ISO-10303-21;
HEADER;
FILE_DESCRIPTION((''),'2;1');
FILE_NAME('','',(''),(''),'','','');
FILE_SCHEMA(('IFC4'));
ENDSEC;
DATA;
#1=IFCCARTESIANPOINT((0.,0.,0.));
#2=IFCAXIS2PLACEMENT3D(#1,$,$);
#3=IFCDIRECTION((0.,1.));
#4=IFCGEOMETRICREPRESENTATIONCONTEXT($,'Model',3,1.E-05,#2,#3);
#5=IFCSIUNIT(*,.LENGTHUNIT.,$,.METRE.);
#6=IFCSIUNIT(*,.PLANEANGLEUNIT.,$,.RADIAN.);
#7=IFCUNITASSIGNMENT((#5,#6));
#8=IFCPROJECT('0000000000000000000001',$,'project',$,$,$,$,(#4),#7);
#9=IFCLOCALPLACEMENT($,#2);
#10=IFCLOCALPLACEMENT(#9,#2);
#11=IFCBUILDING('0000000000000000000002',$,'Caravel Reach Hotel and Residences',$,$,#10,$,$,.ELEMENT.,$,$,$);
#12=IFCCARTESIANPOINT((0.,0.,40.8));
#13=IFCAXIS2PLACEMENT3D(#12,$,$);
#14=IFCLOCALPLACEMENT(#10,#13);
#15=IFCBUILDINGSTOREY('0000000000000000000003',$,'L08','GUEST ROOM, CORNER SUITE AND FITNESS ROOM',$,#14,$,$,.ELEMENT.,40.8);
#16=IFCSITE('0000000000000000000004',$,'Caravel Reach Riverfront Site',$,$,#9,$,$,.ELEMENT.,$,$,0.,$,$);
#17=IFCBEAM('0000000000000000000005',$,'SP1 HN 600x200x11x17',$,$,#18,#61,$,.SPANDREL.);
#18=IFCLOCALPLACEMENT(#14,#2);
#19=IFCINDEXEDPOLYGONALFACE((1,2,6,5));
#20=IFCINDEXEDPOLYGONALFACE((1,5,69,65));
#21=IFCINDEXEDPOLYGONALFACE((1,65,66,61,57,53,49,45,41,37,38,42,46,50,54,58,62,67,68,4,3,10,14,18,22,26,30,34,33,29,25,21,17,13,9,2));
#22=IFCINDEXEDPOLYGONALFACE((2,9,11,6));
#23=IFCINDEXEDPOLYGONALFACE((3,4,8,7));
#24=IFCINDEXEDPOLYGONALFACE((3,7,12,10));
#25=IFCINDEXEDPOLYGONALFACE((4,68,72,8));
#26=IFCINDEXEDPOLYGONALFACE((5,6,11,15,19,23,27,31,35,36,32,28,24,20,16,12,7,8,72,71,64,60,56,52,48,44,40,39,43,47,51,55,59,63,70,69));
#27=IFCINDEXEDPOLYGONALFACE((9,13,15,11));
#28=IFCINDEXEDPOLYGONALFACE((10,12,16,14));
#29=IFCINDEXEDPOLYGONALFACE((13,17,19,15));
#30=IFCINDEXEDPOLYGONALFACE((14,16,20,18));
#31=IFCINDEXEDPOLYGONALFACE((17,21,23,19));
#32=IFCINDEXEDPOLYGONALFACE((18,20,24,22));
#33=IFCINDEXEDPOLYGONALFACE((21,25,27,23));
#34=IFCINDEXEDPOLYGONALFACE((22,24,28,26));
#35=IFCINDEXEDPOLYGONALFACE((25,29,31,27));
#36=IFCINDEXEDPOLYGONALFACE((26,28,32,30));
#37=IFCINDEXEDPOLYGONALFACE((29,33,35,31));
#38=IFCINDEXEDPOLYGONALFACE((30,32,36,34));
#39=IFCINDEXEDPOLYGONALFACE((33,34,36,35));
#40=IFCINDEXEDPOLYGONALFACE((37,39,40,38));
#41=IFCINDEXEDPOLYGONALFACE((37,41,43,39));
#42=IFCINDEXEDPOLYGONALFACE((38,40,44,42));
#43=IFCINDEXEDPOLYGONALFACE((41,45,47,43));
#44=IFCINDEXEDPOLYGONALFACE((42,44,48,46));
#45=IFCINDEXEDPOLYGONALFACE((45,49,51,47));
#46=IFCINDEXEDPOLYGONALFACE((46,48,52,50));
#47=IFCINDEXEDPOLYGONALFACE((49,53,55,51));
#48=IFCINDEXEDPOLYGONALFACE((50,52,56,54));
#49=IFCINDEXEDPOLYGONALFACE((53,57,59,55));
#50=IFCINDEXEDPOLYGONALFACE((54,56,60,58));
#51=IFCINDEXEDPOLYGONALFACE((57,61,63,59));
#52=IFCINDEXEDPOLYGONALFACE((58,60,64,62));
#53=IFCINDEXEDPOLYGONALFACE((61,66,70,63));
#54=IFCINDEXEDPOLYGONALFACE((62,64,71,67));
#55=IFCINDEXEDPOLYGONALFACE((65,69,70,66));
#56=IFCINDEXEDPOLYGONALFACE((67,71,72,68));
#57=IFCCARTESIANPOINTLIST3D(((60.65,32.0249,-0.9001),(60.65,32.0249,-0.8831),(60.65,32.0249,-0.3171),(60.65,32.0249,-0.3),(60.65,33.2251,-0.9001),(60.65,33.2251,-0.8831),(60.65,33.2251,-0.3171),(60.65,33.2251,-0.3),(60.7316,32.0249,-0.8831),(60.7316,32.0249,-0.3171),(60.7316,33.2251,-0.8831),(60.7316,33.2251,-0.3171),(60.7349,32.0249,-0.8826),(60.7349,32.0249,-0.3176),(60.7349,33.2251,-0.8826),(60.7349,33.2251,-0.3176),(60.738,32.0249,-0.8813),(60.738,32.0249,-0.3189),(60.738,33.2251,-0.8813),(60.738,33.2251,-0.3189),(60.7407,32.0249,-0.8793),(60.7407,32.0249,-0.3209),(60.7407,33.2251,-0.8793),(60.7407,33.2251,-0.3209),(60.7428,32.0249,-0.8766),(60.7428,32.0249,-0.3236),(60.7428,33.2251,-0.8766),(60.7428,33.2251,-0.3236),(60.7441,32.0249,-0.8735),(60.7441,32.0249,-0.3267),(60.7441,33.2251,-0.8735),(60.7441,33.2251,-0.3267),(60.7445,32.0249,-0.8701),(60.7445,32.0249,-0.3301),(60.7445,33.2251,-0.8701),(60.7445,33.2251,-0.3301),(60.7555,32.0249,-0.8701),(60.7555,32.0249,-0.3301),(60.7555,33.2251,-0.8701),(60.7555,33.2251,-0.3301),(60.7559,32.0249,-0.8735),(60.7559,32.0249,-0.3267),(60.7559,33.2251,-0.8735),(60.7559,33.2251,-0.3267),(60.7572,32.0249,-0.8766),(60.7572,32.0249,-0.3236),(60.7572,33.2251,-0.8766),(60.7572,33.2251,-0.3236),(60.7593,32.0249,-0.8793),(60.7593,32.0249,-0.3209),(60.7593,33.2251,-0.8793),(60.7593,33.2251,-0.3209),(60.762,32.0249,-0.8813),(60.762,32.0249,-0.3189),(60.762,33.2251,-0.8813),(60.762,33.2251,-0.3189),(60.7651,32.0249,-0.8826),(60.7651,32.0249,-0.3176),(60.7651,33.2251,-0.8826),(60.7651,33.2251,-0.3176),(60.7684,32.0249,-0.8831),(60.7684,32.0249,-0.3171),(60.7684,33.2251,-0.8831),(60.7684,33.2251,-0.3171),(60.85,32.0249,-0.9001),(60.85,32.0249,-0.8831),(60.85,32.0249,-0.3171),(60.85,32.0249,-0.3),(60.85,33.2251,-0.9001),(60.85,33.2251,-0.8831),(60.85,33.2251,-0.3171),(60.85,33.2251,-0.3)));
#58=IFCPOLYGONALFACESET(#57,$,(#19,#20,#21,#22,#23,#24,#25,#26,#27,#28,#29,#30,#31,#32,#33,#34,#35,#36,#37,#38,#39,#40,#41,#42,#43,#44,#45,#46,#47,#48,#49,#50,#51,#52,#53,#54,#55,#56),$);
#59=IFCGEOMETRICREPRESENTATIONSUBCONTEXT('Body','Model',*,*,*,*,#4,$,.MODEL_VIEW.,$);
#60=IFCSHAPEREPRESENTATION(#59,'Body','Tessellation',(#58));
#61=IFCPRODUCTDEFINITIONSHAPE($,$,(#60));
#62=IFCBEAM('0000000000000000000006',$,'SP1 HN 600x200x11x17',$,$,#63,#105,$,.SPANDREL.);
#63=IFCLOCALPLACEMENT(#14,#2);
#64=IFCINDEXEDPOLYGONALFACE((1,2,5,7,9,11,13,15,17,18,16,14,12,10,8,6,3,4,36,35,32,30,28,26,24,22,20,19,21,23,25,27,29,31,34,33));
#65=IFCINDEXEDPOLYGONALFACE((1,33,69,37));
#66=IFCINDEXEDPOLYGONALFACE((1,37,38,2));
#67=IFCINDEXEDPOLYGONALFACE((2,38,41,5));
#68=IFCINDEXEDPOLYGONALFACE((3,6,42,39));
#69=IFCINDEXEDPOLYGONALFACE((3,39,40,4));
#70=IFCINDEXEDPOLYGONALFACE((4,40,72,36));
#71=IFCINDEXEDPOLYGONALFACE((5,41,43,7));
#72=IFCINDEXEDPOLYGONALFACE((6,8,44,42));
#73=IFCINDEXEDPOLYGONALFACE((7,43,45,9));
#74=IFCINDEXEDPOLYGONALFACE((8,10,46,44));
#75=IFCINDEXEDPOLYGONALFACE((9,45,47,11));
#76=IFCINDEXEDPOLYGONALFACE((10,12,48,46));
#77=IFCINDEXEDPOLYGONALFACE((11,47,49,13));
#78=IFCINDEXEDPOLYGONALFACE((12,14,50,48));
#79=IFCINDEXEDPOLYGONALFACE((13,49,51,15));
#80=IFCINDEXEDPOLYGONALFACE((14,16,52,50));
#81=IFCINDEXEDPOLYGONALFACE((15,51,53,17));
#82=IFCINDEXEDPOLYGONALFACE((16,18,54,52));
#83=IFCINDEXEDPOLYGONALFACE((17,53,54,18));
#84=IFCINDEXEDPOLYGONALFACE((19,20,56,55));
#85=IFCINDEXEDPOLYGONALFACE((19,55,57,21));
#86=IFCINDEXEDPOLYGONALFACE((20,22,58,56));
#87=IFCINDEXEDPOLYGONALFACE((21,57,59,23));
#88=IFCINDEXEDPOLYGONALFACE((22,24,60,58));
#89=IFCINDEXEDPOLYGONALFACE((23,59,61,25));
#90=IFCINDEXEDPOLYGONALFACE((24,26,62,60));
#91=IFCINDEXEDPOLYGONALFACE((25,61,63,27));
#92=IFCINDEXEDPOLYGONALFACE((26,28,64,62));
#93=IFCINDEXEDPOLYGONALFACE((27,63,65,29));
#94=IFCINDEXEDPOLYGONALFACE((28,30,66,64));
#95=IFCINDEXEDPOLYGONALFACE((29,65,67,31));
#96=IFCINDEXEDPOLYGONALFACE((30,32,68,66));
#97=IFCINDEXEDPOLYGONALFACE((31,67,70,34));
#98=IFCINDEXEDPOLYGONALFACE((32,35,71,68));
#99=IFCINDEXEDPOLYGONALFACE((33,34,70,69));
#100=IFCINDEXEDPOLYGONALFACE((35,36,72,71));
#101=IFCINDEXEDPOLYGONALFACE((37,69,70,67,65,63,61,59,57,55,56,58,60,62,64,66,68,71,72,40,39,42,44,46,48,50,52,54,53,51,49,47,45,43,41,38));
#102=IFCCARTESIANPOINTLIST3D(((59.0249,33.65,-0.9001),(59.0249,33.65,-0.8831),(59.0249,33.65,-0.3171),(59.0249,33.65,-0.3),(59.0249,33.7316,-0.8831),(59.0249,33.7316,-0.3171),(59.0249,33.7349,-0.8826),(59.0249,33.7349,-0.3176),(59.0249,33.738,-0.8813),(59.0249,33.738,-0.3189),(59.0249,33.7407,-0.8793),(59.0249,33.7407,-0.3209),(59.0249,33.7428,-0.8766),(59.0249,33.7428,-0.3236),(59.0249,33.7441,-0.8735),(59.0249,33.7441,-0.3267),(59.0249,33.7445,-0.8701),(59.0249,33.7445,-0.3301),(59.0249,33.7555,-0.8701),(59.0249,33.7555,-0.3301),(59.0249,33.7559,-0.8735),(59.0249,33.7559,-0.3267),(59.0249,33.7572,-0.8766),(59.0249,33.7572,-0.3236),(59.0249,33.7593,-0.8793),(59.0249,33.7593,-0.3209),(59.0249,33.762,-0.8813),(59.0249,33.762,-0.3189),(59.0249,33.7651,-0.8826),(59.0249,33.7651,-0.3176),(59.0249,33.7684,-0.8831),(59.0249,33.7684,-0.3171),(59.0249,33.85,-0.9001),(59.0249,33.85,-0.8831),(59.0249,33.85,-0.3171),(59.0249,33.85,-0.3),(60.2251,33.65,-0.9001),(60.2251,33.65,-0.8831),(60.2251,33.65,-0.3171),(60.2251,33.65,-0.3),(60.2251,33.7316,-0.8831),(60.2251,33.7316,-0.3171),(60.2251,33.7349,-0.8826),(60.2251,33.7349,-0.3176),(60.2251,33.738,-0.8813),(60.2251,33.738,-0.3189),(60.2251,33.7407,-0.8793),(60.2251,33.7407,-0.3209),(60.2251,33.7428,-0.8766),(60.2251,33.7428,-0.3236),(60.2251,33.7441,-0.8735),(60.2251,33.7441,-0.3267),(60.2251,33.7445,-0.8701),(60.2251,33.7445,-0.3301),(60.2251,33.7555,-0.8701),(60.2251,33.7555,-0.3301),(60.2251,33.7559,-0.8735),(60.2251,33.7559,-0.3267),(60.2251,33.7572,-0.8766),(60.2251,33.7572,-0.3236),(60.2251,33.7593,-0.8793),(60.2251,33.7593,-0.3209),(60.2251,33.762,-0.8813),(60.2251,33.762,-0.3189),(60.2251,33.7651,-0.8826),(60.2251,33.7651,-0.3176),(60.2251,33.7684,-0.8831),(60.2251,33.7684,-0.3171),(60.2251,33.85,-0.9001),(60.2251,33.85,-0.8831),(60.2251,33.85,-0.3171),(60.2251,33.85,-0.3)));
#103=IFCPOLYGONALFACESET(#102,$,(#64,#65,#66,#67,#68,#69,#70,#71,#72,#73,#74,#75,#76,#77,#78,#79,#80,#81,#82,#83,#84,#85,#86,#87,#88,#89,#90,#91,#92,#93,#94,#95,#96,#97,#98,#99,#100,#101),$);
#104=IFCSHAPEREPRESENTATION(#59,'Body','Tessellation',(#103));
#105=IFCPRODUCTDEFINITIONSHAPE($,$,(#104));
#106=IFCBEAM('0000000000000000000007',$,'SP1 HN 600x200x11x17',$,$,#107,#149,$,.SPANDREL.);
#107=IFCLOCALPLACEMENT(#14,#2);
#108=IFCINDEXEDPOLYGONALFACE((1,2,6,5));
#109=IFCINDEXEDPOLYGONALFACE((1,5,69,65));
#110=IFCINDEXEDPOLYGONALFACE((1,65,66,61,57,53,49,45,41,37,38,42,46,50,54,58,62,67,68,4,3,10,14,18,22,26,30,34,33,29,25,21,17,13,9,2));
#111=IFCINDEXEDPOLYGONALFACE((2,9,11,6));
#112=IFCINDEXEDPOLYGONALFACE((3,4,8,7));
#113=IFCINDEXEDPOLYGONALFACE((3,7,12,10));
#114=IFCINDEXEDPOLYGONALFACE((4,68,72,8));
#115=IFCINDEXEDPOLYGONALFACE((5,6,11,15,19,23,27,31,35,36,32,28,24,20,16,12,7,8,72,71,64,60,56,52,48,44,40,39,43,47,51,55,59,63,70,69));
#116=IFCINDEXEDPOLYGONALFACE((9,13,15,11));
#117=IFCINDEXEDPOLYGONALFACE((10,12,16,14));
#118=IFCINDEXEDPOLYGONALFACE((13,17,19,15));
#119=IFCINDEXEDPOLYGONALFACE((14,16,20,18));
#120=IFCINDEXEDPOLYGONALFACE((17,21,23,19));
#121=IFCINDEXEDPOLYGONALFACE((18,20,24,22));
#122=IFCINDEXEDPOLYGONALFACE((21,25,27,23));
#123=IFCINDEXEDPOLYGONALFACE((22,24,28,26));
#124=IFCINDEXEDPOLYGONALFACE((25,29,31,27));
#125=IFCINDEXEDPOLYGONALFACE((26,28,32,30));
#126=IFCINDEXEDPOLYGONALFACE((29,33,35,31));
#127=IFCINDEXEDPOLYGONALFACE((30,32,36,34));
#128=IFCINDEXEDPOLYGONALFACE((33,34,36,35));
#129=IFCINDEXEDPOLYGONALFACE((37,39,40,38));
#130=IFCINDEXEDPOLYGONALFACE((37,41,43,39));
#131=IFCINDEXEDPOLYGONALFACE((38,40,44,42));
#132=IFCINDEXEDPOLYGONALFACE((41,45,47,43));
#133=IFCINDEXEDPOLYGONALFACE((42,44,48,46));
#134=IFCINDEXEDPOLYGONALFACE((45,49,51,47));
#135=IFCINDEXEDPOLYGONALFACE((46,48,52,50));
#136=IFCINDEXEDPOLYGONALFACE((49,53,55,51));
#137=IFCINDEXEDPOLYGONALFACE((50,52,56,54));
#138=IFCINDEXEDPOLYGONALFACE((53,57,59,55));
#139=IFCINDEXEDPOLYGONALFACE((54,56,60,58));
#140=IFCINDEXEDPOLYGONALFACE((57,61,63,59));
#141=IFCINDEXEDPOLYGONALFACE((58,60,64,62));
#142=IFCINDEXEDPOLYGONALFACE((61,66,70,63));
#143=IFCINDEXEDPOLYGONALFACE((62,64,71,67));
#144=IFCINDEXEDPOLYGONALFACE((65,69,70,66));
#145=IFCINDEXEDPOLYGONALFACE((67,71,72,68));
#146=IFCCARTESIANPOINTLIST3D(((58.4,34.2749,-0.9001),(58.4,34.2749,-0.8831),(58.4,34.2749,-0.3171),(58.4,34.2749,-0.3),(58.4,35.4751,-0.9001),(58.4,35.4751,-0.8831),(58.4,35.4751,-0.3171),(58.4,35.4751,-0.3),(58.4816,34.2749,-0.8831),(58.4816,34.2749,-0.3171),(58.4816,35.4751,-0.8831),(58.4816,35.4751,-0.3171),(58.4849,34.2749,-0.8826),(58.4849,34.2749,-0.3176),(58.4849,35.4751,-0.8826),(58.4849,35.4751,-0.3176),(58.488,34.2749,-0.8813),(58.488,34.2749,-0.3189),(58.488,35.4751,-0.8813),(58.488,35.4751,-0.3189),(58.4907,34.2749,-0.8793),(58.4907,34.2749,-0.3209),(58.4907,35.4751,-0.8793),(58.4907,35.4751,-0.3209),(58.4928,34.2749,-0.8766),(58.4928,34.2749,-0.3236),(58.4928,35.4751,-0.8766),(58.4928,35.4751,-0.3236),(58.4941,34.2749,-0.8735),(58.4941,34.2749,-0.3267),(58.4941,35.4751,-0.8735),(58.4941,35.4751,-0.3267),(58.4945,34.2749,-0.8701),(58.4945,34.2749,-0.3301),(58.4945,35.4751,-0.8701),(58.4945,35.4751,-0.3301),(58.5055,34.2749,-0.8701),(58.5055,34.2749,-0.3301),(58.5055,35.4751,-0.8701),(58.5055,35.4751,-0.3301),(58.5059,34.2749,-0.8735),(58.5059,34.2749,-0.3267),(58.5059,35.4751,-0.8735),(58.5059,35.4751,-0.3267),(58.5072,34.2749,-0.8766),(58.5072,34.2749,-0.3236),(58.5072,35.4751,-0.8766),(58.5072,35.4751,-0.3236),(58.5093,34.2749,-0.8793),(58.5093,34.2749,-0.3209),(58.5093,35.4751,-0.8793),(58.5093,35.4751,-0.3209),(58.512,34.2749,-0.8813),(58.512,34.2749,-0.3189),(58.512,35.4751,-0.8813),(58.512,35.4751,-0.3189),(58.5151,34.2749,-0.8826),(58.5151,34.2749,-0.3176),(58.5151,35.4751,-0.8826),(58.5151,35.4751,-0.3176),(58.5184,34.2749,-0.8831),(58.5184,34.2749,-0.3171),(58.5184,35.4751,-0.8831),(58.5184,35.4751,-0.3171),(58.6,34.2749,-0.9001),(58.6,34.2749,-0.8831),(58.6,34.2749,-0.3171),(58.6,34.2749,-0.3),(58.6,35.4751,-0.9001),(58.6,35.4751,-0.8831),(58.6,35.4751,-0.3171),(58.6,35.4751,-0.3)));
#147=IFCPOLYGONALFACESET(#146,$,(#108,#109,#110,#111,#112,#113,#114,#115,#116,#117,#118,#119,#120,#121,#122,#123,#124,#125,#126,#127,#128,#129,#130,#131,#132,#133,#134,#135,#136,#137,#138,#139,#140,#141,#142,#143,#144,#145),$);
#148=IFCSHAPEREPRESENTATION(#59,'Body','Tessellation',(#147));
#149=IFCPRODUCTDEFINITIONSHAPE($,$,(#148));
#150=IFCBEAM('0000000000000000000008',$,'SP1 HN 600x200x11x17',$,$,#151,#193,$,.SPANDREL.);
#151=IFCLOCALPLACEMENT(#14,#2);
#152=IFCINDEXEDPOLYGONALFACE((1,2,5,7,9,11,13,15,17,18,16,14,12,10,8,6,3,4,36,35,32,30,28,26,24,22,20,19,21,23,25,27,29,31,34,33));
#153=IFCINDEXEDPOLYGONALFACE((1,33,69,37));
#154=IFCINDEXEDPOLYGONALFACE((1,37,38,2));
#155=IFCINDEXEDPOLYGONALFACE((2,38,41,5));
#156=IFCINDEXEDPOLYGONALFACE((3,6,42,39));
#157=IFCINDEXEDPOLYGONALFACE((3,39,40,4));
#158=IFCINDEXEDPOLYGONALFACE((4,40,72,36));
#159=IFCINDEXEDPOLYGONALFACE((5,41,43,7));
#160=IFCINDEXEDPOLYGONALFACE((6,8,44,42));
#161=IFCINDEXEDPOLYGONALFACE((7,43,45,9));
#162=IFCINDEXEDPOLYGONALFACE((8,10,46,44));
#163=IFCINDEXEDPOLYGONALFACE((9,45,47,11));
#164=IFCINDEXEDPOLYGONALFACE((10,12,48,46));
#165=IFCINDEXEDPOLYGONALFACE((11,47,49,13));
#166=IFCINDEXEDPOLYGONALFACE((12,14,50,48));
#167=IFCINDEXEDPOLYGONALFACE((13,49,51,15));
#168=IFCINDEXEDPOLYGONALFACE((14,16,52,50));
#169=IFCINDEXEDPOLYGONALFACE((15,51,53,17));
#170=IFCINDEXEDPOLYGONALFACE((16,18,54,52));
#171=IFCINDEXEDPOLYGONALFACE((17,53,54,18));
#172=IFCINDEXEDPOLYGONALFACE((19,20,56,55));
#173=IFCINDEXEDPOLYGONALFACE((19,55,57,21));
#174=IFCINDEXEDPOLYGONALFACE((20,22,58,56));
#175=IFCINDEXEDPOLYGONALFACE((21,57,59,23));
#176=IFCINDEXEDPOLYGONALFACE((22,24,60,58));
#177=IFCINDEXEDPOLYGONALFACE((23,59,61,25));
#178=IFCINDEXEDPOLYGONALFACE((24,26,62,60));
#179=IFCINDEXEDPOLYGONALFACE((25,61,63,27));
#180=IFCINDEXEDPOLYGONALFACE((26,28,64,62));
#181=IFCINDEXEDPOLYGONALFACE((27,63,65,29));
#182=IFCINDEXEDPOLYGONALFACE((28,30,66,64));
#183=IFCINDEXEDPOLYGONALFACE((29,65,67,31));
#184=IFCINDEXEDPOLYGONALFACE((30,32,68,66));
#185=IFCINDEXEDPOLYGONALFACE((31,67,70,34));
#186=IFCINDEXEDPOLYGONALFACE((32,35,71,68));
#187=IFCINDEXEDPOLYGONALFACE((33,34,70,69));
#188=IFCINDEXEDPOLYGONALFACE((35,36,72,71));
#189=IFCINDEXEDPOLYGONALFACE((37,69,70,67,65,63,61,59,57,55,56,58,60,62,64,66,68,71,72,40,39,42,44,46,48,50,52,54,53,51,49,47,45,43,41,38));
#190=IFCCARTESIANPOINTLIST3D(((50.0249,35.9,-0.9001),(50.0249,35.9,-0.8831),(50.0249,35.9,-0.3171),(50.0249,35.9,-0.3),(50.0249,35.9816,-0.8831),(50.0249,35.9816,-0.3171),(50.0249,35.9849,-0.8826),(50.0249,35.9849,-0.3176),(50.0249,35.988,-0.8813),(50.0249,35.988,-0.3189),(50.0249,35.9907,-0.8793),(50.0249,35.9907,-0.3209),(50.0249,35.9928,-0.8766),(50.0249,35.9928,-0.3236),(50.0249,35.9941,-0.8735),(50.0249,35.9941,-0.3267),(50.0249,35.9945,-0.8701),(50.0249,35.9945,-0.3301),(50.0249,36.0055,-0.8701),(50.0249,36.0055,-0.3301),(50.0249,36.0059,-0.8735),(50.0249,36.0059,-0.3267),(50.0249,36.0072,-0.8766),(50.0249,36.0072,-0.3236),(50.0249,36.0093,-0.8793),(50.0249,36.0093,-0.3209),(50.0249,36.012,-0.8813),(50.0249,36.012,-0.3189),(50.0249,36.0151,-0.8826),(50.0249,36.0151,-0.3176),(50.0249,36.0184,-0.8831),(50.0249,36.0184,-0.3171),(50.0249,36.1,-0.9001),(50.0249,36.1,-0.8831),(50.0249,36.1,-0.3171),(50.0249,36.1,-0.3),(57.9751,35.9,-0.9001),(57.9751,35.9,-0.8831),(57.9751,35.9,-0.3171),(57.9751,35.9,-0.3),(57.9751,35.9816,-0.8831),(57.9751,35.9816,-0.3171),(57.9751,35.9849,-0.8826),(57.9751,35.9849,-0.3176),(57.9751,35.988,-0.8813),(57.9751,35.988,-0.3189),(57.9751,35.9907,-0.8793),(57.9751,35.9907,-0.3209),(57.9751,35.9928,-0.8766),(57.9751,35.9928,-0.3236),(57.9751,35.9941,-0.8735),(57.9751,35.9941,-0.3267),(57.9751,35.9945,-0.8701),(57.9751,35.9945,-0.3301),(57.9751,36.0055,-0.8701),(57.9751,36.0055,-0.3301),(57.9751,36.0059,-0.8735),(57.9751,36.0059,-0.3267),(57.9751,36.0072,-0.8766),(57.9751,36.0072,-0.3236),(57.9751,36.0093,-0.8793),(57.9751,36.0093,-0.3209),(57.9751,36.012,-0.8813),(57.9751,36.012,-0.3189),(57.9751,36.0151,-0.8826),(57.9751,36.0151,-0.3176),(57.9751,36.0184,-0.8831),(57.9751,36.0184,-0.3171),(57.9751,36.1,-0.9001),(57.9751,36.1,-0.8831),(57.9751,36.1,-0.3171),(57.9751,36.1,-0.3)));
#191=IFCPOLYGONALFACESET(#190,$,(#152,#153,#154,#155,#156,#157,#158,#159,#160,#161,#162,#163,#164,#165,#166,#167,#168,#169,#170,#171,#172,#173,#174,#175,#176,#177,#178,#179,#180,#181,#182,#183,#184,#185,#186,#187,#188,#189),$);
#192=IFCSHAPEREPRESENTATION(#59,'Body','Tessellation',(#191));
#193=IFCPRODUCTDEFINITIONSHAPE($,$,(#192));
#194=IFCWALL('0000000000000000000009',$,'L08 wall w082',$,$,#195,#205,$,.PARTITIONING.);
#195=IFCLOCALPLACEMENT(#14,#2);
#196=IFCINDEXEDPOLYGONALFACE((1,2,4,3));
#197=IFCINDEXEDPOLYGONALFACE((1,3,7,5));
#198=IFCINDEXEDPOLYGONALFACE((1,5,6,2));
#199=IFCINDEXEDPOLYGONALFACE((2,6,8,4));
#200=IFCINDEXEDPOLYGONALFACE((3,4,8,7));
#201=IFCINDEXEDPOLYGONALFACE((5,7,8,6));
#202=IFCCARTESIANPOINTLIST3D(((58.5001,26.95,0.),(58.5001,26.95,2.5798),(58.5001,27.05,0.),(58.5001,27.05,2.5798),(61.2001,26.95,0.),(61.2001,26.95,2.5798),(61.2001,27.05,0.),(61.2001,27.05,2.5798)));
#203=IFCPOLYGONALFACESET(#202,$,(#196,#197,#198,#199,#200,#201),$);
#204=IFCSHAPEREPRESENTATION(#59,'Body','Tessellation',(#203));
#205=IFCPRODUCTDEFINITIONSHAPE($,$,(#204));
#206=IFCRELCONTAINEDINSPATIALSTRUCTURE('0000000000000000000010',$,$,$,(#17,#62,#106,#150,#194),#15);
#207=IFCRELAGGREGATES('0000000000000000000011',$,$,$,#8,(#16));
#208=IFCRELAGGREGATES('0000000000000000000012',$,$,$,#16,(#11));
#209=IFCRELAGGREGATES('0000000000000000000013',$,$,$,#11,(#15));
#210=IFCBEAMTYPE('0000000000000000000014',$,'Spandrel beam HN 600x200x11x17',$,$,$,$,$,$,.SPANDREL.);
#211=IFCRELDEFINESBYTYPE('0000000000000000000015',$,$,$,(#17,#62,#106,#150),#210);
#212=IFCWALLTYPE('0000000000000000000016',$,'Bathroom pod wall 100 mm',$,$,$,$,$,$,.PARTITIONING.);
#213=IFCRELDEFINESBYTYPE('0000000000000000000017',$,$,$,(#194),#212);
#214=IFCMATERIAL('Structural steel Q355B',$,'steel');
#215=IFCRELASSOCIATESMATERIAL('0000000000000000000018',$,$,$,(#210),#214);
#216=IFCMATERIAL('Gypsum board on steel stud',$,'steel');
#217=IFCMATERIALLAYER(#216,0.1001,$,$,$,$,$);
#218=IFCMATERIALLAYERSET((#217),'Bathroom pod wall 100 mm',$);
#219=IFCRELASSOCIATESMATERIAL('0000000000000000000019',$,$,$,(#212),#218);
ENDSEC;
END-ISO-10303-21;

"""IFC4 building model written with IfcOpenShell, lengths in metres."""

from ifc_helpers import new_model, si_unit, direction, frame, frame_2d, origin, origin_2d, place, context, subcontext, project, spatial, rectangle, i_section, extrude, material, layer, layer_set, material_profile, profile_set, type_object, element, save


model = new_model("IFC4")

# Units and contexts
model_context = context("Model", 3, precision=1e-05, world=origin(), true_north=direction((0.0, 1.0)))
body_context = subcontext(model_context, "Body", "Model", "MODEL_VIEW")
ifc_project = project(units=[si_unit("LENGTHUNIT", "METRE"), si_unit("PLANEANGLEUNIT", "RADIAN")], contexts=[model_context])

# Site, building, storey
site_placement = place(None, origin())
site = spatial("IfcSite", under=ifc_project, at=site_placement, Name="Caravel Reach Riverfront Site", CompositionType="ELEMENT", RefElevation=0.0)
building_placement = place(site_placement, origin())
building = spatial("IfcBuilding", under=site, at=building_placement, Name="Caravel Reach Hotel and Residences", CompositionType="ELEMENT")
storey_placement = place(building_placement, frame((0.0, 0.0, 40.8)))
storey = spatial("IfcBuildingStorey", under=building, at=storey_placement, Name="L08", Description="GUEST ROOM, CORNER SUITE AND FITNESS ROOM", CompositionType="ELEMENT", Elevation=40.8)

# Beams
ifc_material_1 = material(Name="Structural steel Q355B", Category="steel")
ifc_material_profile_1 = material_profile(ifc_material_1, i_section(OverallWidth=0.2, OverallDepth=0.6001, WebThickness=0.011, FlangeThickness=0.0171, FilletRadius=0.0129, at=origin_2d()), Name="HN 600x200x11x17")
ifc_profile_set_1 = profile_set([ifc_material_profile_1], Name="Structural steel Q355B")
beam_type_1 = type_object("IfcBeamType", Name="Spandrel beam HN 600x200x11x17", PredefinedType="SPANDREL", material=ifc_profile_set_1)
for number, where, z_axis, x_axis, name in (
    (1, (60.75, 32.0249, -0.6001), (0.0, 1.0, 0.0), (-1.0, 0.0, 0.0), "SP1 HN 600x200x11x17"),
    (2, (60.2251, 33.75, -0.6001), (-1.0, 0.0, 0.0), (0.0, -1.0, 0.0), "SP1 HN 600x200x11x17"),
    (3, (58.5, 34.2749, -0.6001), (0.0, 1.0, 0.0), (-1.0, 0.0, 0.0), "SP1 HN 600x200x11x17"),
):
    element("IfcBeam", number, at=place(storey_placement, frame(where, z_axis=z_axis, x_axis=x_axis)), inside=storey, type_object=beam_type_1, Name=name, PredefinedType="SPANDREL", context=body_context, shape_type="SweptSolid", body=[
        extrude(i_section(OverallWidth=0.2, OverallDepth=0.6001, WebThickness=0.011, FlangeThickness=0.0171, FilletRadius=0.0129, at=origin_2d()), origin(), (0.0, 0.0, 1.0), 1.2002),
    ])
beam_1_placement = place(storey_placement, frame((57.9751, 36.0, -0.6001), z_axis=(-1.0, 0.0, 0.0), x_axis=(0.0, -1.0, 0.0)))
element("IfcBeam", 4, at=beam_1_placement, inside=storey, type_object=beam_type_1, Name="SP1 HN 600x200x11x17", PredefinedType="SPANDREL", context=body_context, shape_type="SweptSolid", body=[
    extrude(i_section(OverallWidth=0.2, OverallDepth=0.6001, WebThickness=0.011, FlangeThickness=0.0171, FilletRadius=0.0129, at=origin_2d()), origin(), (0.0, 0.0, 1.0), 7.9502),
])

# Wall
ifc_material_2 = material(Name="Gypsum board on steel stud", Category="steel")
ifc_layer_1 = layer(ifc_material_2, 0.1001)
ifc_layer_set_1 = layer_set([ifc_layer_1], Name="Bathroom pod wall 100 mm")
wall_type_1 = type_object("IfcWallType", Name="Bathroom pod wall 100 mm", PredefinedType="PARTITIONING", material=ifc_layer_set_1)
wall_1_placement = place(storey_placement, frame((58.5, 27.0, 0.0), z_axis=(0.0, 0.0, 1.0), x_axis=(1.0, 0.0, 0.0)))
element("IfcWall", 5, at=wall_1_placement, inside=storey, type_object=wall_type_1, Name="L08 wall w082", PredefinedType="PARTITIONING", context=body_context, shape_type="SweptSolid", body=[
    extrude(rectangle(XDim=2.7, YDim=0.1001, at=frame_2d((1.3501, 0.0))), origin(), (0.0, 0.0, 1.0), 2.5798),
])

save(model, "model.ifc")
